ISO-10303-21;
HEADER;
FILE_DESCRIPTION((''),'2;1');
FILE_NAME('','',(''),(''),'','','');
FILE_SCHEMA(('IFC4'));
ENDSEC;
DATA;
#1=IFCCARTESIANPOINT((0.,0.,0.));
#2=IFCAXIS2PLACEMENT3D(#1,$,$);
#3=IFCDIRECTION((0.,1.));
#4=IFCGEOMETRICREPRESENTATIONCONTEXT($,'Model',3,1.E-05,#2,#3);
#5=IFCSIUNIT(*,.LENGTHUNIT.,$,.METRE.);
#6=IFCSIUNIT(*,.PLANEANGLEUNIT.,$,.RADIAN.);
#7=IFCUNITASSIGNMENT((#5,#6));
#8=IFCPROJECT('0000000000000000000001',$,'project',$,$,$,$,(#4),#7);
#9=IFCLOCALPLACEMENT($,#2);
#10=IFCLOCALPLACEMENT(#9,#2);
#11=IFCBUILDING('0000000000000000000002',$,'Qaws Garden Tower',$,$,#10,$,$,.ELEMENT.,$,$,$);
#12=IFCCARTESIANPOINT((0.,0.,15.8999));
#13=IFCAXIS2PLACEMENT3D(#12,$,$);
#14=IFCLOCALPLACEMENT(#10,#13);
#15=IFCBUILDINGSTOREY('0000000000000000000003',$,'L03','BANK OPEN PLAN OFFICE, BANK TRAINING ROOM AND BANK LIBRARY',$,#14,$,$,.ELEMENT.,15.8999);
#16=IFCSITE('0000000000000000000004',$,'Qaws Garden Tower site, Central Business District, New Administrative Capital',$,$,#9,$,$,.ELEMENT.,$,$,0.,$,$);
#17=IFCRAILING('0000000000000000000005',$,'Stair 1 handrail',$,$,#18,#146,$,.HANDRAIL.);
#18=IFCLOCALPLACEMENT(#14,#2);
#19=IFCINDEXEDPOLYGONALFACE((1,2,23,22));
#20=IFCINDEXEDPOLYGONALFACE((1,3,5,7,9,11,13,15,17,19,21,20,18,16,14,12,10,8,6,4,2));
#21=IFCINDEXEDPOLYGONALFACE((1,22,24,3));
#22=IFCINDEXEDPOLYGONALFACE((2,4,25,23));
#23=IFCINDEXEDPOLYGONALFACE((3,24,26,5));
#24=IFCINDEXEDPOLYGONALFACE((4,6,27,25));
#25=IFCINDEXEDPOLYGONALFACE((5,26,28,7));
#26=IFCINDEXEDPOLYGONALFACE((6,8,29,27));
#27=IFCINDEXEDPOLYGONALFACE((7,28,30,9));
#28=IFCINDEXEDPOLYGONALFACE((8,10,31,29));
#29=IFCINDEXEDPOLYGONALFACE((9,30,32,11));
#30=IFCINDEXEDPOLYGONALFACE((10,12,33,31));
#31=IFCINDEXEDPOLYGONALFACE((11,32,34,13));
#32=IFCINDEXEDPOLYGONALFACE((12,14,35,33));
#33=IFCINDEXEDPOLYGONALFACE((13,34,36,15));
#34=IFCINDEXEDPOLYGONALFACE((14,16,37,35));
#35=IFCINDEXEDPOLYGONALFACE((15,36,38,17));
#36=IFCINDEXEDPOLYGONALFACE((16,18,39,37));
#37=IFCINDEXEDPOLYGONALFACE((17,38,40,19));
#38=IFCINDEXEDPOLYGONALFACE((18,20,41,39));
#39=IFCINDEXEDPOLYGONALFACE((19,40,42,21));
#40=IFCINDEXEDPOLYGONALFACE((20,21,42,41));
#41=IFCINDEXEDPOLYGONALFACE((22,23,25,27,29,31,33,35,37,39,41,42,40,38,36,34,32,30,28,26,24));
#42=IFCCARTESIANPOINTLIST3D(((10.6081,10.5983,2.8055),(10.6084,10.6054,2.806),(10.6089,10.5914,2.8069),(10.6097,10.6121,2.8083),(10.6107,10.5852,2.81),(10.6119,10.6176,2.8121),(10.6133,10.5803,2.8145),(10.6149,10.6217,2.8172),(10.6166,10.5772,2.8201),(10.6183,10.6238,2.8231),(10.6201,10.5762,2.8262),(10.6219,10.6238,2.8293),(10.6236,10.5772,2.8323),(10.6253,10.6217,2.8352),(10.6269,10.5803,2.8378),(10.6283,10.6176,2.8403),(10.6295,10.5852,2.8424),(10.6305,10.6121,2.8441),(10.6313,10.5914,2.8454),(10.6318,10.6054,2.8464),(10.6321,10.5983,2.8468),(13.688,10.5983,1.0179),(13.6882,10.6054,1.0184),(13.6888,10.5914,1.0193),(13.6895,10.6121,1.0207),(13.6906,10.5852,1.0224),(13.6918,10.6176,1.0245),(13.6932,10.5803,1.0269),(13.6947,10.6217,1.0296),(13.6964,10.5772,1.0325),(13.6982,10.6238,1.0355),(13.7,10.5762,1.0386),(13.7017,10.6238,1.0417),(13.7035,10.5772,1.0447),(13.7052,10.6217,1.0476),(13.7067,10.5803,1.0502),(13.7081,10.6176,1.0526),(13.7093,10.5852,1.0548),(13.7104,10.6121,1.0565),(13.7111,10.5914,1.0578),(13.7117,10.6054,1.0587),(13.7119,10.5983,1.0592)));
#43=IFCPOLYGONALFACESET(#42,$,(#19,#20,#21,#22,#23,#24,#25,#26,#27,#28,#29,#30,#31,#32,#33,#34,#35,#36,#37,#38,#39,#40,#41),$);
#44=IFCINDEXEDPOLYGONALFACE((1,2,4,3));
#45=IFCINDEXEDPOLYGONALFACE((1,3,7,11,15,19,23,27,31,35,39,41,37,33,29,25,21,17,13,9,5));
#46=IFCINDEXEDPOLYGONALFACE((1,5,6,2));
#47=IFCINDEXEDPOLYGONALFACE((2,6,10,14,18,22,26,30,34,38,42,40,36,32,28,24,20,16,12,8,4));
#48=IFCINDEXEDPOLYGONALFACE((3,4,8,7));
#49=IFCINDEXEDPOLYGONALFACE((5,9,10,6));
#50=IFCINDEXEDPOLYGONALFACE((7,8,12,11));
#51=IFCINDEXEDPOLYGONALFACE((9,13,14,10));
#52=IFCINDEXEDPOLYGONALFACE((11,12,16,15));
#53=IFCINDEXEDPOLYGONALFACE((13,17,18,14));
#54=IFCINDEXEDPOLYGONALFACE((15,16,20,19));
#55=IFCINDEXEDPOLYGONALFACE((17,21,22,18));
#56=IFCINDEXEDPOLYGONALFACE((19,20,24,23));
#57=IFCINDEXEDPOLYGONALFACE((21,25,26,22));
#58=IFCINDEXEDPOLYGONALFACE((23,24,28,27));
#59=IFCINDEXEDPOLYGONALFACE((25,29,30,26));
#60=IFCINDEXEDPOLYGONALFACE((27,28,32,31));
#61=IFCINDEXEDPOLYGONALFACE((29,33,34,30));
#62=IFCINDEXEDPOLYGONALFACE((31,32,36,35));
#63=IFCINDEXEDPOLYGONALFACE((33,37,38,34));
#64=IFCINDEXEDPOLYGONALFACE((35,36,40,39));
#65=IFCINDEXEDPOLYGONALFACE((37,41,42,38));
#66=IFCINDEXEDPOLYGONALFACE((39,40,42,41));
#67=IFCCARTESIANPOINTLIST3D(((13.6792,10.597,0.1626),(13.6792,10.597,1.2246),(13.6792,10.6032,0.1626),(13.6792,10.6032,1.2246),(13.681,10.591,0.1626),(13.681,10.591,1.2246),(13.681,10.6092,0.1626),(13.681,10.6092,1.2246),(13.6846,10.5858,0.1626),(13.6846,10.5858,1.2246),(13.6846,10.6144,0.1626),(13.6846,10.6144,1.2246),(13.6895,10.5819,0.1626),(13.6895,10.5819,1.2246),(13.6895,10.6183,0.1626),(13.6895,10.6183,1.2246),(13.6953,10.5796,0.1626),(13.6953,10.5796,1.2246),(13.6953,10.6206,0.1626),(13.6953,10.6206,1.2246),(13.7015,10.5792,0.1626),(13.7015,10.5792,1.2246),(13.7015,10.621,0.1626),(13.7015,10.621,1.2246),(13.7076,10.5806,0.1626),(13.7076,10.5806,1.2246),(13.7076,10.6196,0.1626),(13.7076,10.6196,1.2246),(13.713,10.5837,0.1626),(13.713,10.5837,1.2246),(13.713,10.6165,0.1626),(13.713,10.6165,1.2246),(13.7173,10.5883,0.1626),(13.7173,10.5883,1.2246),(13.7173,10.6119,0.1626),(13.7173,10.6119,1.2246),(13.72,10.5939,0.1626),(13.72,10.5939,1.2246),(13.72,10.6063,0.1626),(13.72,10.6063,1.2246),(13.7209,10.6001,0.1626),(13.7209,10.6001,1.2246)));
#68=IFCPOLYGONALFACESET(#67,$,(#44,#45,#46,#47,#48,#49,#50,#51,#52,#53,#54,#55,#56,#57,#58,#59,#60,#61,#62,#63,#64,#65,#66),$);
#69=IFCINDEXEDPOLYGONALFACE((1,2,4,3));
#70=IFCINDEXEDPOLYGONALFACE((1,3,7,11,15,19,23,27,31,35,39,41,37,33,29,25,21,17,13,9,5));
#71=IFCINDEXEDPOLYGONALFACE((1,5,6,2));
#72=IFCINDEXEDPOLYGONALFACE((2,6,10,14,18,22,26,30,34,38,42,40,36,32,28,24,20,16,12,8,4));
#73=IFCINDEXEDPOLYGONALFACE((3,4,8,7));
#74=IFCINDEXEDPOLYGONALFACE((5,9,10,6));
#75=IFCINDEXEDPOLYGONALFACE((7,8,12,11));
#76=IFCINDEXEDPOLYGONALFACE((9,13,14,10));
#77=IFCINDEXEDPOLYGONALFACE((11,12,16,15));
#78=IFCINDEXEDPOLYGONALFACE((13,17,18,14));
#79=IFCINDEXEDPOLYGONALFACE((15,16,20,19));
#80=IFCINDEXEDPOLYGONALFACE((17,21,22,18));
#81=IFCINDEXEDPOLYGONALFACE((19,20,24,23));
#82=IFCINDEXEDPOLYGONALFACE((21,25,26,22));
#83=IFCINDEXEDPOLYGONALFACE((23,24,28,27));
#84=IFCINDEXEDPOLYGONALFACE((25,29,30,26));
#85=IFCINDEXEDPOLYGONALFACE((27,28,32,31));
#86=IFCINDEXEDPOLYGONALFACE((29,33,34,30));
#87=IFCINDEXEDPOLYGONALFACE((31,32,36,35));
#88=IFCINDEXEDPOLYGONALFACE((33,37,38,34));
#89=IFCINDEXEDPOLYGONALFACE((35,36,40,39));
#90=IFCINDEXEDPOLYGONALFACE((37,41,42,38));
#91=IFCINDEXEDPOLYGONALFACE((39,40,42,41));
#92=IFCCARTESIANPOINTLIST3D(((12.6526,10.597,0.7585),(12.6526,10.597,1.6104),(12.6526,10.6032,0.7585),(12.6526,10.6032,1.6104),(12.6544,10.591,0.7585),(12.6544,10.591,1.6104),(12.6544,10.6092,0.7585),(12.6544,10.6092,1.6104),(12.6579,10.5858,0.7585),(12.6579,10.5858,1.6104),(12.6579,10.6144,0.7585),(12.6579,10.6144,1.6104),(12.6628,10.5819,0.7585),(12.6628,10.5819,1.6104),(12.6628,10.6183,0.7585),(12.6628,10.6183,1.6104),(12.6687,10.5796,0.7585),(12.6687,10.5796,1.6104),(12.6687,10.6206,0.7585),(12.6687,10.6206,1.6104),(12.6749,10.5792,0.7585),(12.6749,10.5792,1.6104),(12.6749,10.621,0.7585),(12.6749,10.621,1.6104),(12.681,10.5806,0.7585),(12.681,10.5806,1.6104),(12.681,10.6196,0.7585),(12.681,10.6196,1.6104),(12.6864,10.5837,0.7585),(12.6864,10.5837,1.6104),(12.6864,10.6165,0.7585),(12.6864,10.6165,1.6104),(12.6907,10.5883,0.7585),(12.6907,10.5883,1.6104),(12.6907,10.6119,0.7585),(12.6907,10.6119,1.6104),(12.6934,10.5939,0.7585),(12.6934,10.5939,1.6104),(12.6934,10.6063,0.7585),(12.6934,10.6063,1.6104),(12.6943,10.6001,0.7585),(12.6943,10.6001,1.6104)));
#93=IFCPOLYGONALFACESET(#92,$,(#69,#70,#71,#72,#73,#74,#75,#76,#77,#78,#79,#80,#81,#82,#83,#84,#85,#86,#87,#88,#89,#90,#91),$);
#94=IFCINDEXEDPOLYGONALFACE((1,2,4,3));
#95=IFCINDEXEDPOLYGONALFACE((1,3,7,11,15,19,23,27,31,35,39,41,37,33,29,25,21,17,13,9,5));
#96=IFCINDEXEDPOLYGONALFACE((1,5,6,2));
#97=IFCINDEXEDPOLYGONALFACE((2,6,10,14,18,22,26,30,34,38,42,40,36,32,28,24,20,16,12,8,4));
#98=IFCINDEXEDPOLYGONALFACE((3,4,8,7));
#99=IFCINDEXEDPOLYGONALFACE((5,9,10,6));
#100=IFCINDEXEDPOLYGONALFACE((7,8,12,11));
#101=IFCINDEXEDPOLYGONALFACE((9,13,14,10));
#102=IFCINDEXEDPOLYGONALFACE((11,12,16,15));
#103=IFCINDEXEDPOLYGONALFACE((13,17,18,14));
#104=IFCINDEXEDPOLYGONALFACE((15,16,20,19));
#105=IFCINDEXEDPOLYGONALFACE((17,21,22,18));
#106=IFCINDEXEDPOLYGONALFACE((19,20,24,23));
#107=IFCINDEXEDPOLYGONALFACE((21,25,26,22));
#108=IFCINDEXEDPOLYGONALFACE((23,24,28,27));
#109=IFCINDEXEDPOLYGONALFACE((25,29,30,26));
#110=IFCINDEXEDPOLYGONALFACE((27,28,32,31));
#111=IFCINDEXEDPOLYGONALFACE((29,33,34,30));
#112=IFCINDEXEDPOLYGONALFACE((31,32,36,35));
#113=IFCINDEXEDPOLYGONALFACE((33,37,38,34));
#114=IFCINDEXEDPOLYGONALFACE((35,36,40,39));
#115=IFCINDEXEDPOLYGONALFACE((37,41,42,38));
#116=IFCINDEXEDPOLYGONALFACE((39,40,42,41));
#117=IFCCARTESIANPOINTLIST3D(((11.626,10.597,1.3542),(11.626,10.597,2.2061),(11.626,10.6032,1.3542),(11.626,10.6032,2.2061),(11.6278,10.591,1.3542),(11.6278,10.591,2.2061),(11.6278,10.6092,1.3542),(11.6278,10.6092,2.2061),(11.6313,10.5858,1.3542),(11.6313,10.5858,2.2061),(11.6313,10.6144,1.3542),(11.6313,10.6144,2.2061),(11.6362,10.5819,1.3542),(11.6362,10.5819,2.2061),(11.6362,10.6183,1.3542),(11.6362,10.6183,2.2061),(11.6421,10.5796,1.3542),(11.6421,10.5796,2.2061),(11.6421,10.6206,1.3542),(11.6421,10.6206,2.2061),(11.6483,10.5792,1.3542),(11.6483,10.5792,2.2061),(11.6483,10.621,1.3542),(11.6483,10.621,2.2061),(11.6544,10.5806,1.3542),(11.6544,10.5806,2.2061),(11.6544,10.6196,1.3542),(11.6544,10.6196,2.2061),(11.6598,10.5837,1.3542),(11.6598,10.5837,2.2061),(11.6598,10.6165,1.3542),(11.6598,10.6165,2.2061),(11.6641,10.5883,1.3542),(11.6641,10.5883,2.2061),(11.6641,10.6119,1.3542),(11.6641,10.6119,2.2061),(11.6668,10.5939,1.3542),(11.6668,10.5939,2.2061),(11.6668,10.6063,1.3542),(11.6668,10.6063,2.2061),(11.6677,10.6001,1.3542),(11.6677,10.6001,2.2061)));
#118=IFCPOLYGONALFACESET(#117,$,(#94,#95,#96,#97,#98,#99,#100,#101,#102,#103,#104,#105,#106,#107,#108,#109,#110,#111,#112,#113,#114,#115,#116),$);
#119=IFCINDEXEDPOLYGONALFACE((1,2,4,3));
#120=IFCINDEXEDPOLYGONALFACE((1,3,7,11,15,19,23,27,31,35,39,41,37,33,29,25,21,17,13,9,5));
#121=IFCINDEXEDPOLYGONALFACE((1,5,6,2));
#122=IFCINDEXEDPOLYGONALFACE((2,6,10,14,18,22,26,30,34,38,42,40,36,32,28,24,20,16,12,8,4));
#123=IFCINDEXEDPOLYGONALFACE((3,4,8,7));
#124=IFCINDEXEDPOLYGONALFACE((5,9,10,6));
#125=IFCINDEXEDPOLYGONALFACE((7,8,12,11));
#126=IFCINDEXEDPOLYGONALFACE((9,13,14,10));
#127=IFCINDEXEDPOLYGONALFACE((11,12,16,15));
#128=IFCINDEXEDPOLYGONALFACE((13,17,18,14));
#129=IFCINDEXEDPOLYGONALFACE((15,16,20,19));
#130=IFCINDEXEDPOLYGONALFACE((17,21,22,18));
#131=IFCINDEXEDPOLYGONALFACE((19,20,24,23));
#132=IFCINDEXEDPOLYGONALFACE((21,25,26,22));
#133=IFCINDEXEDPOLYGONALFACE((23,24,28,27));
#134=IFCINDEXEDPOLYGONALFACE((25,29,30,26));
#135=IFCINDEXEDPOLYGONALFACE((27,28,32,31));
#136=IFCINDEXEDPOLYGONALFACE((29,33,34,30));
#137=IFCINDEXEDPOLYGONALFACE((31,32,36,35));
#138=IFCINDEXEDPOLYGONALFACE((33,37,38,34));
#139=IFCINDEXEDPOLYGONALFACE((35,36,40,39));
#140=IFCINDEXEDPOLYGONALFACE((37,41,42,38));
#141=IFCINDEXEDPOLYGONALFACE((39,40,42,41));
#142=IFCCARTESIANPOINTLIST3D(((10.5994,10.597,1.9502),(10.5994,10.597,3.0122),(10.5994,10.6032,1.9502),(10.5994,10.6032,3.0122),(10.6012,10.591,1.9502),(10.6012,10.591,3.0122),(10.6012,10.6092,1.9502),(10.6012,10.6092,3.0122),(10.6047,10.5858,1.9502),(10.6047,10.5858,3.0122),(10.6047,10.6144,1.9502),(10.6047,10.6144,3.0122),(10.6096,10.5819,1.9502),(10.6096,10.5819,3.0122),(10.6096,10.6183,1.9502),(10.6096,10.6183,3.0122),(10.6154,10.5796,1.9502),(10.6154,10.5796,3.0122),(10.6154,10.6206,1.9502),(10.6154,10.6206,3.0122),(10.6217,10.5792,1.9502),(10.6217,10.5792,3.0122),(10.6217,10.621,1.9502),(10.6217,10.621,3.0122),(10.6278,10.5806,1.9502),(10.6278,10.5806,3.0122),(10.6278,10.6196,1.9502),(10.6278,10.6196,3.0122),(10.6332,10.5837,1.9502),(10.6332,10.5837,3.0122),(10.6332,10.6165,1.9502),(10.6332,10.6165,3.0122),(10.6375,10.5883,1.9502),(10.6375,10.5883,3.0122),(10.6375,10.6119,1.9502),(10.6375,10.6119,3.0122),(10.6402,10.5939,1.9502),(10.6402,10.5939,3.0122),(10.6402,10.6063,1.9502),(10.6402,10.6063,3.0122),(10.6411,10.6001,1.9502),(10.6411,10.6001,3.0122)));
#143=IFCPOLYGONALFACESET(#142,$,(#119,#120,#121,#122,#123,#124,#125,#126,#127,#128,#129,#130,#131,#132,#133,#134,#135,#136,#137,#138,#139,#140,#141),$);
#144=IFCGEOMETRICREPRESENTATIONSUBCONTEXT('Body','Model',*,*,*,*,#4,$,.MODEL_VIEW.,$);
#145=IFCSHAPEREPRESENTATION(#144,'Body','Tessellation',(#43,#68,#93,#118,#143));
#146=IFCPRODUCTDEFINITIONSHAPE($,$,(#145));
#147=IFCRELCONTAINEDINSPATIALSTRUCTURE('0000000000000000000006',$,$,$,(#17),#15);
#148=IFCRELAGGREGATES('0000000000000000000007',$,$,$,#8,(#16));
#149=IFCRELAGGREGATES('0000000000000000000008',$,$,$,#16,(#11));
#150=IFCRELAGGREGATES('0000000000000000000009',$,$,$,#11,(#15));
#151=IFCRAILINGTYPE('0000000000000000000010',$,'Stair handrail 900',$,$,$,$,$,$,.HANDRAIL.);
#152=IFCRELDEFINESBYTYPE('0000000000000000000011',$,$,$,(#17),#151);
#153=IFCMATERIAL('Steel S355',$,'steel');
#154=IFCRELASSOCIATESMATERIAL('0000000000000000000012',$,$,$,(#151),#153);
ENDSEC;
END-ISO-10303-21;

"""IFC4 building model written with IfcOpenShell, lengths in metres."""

from ifc_helpers import new_model, si_unit, direction, frame, origin, origin_2d, place, context, subcontext, project, spatial, circle, extrude, material, type_object, element, save


model = new_model("IFC4")

# Units and contexts
model_context = context("Model", 3, precision=1e-05, world=origin(), true_north=direction((0.0, 1.0)))
body_context = subcontext(model_context, "Body", "Model", "MODEL_VIEW")
ifc_project = project(units=[si_unit("LENGTHUNIT", "METRE"), si_unit("PLANEANGLEUNIT", "RADIAN")], contexts=[model_context])

# Site, building, storey
site_placement = place(None, origin())
site = spatial("IfcSite", under=ifc_project, at=site_placement, Name="Qaws Garden Tower site, Central Business District, New Administrative Capital", CompositionType="ELEMENT", RefElevation=0.0)
building_placement = place(site_placement, origin())
building = spatial("IfcBuilding", under=site, at=building_placement, Name="Qaws Garden Tower", CompositionType="ELEMENT")
storey_placement = place(building_placement, frame((0.0, 0.0, 15.8999)))
storey = spatial("IfcBuildingStorey", under=building, at=storey_placement, Name="L03", Description="BANK OPEN PLAN OFFICE, BANK TRAINING ROOM AND BANK LIBRARY", CompositionType="ELEMENT", Elevation=15.8999)

# Railing
ifc_material_1 = material(Name="Steel S355", Category="steel")
railing_type = type_object("IfcRailingType", Name="Stair handrail 900", PredefinedType="HANDRAIL", material=ifc_material_1)
railing_placement = place(storey_placement, frame((13.7, 10.6001, 0.1626)))
element("IfcRailing", 1, at=railing_placement, inside=storey, type_object=railing_type, Name="Stair 1 handrail", PredefinedType="HANDRAIL", context=body_context, shape_type="SweptSolid", body=[
    extrude(circle(Radius=0.0239, at=origin_2d()), frame((0.0, 0.0, 0.876), z_axis=(-0.864873, 0.0, 0.50199), x_axis=(0.0, -1.0, 0.0)), (0.0, 0.0, 1.0), 3.561),
    extrude(circle(Radius=0.021, at=origin_2d()), origin(), (0.0, 0.0, 1.0), 1.062),
    extrude(circle(Radius=0.021, at=origin_2d()), frame((-1.0266, 0.0, 0.5959)), (0.0, 0.0, 1.0), 0.8518),
    extrude(circle(Radius=0.021, at=origin_2d()), frame((-2.0532, 0.0, 1.1917)), (0.0, 0.0, 1.0), 0.8518),
    extrude(circle(Radius=0.021, at=origin_2d()), frame((-3.0798, 0.0, 1.7876)), (0.0, 0.0, 1.0), 1.062),
])

save(model, "model.ifc")
